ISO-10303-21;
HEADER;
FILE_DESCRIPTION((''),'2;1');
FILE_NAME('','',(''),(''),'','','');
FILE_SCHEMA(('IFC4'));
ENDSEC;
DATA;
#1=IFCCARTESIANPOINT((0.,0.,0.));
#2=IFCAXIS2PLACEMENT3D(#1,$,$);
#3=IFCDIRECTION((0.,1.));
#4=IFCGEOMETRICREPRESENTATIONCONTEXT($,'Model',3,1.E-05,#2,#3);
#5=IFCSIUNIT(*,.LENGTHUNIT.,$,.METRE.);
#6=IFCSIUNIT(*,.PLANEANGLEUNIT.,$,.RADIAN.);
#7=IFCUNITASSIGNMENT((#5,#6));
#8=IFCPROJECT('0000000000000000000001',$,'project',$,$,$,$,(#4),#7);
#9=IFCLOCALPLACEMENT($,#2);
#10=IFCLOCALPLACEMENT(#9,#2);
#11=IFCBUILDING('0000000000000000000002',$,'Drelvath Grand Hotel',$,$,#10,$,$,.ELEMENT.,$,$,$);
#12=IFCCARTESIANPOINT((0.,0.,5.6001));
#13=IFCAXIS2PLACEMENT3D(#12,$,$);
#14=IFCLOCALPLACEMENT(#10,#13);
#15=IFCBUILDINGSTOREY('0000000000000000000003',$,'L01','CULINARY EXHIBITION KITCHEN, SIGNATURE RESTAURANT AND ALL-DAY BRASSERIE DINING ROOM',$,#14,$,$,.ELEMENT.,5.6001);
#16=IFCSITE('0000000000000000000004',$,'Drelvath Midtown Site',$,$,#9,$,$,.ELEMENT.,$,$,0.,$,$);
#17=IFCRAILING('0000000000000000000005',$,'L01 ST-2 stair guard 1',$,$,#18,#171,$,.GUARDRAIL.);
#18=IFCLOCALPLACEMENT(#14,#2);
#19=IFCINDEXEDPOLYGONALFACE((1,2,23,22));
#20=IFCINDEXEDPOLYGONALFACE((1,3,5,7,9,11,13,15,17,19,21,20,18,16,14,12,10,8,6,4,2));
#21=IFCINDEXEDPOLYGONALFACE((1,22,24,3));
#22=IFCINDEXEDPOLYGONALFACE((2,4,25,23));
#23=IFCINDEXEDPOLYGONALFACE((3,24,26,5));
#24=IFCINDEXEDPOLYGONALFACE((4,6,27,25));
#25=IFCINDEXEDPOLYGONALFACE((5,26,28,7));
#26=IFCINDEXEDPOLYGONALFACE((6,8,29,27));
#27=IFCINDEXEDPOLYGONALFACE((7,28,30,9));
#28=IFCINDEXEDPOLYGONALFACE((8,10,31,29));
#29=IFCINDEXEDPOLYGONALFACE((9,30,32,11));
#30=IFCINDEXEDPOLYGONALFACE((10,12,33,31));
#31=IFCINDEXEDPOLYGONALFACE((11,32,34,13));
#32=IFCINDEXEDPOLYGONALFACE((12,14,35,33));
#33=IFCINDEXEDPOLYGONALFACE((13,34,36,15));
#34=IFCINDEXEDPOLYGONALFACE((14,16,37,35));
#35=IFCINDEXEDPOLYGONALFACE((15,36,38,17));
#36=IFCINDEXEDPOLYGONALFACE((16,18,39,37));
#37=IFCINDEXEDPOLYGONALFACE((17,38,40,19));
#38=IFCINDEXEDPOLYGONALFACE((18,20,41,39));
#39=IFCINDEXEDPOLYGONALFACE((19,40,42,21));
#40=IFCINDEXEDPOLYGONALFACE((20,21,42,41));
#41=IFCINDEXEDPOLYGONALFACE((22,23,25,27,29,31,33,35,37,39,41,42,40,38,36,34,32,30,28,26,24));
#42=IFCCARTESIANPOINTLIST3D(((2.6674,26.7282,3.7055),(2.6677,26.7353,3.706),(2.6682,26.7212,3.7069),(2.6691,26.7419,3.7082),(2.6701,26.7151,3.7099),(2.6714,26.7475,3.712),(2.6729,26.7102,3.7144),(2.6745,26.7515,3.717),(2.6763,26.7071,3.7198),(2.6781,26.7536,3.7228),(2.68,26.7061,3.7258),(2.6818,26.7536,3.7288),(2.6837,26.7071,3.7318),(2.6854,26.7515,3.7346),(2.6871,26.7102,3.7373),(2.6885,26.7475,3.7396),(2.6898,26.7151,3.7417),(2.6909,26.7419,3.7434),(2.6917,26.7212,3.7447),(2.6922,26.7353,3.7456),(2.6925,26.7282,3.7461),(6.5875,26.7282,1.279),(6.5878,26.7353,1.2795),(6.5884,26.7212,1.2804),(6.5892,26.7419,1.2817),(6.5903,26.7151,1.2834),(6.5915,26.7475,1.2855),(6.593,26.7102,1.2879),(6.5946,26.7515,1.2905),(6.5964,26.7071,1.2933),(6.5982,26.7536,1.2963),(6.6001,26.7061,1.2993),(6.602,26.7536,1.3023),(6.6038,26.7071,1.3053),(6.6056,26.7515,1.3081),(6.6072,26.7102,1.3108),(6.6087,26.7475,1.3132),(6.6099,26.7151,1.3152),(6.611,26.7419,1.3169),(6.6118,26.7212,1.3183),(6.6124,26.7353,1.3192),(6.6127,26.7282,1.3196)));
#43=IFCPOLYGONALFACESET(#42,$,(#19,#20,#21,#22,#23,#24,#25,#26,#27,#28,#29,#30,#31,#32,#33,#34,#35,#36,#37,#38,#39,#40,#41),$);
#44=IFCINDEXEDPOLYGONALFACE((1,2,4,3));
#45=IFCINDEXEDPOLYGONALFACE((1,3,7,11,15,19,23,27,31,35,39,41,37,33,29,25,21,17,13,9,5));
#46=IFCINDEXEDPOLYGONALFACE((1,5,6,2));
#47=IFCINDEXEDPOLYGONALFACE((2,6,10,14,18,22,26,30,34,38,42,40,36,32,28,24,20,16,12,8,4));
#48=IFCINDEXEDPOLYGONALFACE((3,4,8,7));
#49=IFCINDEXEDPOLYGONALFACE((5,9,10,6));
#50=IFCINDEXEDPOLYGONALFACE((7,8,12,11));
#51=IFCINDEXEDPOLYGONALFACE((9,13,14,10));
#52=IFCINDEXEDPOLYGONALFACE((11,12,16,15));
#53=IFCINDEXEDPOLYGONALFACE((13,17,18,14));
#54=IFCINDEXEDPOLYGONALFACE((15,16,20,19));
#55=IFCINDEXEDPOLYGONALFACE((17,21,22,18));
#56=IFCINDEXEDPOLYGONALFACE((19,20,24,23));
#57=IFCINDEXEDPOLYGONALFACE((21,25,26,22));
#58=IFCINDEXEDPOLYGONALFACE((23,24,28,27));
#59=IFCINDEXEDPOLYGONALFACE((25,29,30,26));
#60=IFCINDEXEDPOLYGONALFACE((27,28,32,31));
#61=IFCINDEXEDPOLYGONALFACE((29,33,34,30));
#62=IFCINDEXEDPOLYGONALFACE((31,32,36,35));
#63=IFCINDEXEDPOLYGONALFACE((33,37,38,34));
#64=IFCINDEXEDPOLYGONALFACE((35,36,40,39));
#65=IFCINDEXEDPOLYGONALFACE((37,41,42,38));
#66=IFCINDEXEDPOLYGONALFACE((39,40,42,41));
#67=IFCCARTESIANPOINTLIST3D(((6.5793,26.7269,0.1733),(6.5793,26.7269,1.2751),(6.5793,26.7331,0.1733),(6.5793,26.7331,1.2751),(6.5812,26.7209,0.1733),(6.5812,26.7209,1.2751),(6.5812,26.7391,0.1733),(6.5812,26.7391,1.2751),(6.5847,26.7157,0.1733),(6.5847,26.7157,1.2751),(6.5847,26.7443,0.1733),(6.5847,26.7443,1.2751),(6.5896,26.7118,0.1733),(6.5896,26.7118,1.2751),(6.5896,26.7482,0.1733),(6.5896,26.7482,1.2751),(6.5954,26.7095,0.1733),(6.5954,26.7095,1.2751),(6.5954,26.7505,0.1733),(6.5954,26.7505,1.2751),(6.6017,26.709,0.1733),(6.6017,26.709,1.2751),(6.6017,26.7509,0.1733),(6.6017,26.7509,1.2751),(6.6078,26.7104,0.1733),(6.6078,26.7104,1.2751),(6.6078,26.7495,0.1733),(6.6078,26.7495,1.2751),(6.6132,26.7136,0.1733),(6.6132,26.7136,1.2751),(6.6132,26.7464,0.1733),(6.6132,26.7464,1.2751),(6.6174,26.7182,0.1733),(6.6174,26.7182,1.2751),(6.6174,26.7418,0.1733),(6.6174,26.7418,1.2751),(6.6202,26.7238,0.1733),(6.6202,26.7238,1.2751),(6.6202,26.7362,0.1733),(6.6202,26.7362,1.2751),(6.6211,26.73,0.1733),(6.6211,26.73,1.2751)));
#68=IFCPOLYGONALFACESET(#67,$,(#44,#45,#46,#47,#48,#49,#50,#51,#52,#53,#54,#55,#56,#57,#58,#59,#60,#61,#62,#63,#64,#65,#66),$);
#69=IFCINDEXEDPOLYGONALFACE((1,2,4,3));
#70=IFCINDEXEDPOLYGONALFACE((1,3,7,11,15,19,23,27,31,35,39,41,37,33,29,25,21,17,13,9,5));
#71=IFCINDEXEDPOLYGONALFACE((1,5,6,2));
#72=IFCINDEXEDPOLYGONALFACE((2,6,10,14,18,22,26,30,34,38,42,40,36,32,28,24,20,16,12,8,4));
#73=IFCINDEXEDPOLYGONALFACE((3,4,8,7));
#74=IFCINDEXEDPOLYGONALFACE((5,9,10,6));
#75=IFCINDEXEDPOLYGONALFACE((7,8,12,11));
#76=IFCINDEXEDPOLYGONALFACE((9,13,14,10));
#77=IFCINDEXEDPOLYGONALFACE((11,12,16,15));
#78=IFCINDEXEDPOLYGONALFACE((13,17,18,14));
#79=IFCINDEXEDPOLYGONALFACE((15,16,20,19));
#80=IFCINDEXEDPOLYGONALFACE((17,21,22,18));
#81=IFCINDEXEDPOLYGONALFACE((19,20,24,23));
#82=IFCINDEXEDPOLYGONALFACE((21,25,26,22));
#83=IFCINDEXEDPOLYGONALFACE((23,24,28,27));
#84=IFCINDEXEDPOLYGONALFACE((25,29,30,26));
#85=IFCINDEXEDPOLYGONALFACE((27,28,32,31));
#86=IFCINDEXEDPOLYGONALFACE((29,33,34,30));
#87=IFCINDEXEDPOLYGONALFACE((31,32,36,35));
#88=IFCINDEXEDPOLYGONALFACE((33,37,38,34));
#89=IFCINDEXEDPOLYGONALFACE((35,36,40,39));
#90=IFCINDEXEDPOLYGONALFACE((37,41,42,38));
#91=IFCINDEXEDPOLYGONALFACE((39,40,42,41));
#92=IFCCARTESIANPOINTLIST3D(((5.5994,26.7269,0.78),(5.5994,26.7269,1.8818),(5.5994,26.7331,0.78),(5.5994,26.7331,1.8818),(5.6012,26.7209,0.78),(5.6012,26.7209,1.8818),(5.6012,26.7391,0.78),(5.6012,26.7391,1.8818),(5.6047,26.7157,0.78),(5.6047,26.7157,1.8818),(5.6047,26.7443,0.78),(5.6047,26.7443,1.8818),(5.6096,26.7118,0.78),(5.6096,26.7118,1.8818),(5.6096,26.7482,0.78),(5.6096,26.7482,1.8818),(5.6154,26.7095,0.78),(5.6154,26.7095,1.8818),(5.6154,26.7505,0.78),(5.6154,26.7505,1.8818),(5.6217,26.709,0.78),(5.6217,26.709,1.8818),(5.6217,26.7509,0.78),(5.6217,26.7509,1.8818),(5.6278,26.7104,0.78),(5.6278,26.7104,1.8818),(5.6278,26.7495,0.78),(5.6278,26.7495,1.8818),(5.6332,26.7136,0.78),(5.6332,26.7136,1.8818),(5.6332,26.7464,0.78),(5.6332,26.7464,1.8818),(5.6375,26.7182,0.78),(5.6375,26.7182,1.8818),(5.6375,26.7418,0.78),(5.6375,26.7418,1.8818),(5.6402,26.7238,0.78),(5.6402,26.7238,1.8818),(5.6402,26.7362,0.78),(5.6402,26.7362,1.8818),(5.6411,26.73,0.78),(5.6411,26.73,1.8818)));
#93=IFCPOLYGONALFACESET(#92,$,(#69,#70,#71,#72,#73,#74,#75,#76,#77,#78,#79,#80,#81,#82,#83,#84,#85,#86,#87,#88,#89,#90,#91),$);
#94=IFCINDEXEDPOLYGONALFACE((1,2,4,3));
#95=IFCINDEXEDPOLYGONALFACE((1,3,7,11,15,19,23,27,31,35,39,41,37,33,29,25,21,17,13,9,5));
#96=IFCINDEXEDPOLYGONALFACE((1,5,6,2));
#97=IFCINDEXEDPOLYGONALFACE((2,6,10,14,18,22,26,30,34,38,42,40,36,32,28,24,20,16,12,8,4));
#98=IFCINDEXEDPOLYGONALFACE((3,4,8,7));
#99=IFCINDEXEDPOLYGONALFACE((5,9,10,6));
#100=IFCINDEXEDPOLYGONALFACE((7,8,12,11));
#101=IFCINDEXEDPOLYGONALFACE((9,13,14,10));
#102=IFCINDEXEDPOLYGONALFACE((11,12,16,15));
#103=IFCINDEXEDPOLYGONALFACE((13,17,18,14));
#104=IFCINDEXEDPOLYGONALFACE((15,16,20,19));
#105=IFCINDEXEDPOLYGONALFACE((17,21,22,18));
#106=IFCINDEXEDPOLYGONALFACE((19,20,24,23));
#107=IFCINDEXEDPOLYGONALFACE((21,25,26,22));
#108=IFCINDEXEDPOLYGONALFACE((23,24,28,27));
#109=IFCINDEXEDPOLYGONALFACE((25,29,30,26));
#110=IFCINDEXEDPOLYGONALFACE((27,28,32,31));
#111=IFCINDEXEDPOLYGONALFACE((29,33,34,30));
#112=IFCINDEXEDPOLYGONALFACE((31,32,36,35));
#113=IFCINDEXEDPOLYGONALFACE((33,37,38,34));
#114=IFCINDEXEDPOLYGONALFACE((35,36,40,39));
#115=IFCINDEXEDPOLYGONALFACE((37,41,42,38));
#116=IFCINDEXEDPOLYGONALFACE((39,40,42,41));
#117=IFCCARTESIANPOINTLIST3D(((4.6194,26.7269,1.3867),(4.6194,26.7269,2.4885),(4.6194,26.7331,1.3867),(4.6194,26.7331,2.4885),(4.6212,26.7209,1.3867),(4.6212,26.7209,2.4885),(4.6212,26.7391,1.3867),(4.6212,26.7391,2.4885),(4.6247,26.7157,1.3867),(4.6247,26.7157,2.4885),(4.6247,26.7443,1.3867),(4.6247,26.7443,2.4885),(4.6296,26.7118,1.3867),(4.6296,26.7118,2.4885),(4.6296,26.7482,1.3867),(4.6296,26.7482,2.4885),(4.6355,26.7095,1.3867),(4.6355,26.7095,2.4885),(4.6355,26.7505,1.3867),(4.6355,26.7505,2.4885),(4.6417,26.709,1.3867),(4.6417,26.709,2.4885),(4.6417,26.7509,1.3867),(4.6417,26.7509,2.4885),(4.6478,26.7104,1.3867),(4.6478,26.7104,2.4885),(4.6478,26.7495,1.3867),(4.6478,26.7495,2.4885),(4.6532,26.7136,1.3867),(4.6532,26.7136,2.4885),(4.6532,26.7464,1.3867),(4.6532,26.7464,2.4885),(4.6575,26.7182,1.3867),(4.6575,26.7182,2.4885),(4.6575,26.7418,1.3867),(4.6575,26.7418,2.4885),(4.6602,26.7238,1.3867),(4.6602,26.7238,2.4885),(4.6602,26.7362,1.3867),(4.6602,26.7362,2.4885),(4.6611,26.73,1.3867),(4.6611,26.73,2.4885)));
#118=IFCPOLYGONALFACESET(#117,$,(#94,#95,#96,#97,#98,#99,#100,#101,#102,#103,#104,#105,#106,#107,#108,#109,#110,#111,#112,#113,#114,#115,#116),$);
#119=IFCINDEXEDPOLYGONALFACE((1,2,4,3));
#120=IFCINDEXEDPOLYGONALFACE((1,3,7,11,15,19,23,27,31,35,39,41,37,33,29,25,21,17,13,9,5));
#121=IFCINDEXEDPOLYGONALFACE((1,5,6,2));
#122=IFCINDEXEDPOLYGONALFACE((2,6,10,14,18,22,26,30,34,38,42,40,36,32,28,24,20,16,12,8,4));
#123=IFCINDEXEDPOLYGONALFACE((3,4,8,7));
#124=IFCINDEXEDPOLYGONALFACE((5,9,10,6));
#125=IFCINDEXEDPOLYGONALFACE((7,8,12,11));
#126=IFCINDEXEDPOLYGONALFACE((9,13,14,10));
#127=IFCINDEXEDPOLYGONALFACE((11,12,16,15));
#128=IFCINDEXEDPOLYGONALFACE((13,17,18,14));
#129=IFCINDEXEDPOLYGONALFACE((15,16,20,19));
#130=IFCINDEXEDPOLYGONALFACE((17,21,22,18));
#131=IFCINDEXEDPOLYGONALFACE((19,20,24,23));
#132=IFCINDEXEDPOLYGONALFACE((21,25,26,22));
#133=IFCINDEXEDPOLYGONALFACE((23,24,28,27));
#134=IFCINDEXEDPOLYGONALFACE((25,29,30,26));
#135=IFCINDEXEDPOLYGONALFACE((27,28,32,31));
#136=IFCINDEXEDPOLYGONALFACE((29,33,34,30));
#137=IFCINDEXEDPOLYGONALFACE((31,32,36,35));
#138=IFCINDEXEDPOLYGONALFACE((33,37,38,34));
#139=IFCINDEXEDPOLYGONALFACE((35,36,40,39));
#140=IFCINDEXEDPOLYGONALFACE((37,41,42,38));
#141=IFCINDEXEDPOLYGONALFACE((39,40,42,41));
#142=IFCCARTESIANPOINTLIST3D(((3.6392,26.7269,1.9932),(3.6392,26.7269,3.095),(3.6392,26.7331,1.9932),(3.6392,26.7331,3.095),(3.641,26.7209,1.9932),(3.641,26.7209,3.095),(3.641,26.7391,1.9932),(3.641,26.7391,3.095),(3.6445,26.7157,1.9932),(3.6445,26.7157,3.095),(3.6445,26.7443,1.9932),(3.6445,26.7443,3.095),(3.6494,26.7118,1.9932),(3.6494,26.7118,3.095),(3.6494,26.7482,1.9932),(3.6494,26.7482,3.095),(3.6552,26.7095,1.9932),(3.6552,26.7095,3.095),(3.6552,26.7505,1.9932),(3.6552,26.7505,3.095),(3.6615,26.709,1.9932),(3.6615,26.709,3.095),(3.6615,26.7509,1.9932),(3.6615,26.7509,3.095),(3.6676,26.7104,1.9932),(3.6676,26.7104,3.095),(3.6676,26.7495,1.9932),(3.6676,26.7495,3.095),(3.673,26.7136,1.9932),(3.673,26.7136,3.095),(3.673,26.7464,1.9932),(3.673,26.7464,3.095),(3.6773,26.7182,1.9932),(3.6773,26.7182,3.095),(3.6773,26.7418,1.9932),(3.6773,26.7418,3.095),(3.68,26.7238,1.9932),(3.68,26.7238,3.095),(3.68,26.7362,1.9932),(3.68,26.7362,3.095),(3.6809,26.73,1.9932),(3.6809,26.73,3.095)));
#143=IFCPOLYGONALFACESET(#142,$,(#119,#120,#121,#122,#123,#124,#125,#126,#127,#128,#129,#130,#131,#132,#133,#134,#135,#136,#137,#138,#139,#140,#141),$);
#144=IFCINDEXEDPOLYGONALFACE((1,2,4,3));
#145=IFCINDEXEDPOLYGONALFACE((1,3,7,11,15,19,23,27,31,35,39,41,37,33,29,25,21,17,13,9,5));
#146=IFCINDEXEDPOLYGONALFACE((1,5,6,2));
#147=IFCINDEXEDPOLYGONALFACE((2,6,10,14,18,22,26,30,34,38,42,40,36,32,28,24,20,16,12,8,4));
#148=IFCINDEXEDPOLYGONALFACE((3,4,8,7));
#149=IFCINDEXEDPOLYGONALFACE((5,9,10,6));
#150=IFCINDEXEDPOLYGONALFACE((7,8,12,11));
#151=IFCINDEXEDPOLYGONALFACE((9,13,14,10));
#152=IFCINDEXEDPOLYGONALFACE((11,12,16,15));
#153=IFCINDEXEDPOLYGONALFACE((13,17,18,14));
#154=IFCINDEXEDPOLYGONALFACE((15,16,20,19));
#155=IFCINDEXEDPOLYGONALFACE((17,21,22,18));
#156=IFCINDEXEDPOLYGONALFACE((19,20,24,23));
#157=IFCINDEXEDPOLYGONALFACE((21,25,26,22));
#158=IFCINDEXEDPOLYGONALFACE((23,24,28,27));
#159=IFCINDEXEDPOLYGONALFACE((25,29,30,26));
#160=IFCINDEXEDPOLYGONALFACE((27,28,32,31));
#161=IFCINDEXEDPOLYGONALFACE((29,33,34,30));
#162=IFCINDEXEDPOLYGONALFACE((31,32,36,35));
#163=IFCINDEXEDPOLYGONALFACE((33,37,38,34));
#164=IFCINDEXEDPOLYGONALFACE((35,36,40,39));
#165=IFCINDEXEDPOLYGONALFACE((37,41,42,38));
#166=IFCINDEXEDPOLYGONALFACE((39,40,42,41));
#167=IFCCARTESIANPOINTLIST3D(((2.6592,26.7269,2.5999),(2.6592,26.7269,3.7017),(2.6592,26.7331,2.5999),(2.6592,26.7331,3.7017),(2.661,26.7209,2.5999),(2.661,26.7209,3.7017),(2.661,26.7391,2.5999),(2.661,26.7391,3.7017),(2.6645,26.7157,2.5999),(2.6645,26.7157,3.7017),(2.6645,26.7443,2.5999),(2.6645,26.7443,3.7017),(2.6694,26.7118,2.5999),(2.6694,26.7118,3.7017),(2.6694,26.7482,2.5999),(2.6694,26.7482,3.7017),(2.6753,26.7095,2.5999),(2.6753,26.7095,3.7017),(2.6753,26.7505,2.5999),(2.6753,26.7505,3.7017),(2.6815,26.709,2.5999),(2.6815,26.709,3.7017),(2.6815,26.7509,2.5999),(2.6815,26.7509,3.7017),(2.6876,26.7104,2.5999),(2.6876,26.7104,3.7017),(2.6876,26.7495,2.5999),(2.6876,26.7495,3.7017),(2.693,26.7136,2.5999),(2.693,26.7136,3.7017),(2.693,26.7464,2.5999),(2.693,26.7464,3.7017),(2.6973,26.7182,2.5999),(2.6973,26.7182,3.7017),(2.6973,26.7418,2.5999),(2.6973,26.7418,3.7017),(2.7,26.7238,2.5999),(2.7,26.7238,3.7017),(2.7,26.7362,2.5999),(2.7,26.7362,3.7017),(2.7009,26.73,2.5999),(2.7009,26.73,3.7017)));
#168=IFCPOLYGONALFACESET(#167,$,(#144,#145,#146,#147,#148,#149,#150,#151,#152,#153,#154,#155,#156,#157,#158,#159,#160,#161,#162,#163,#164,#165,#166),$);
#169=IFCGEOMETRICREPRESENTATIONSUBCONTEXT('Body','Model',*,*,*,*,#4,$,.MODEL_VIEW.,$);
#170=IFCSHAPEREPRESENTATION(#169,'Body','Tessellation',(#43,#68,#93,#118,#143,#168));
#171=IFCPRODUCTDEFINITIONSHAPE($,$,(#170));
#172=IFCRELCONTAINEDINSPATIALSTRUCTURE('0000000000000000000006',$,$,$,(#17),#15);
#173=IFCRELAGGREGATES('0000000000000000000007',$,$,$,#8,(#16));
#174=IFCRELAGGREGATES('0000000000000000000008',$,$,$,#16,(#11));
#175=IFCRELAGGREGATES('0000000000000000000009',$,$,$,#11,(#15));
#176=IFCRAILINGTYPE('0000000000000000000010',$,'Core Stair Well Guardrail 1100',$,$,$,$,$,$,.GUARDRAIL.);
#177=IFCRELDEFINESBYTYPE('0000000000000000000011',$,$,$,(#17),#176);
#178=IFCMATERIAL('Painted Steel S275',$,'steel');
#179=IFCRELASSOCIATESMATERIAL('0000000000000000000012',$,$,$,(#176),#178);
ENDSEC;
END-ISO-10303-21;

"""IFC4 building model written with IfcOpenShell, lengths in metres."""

from ifc_helpers import new_model, si_unit, direction, frame, origin, origin_2d, place, context, subcontext, project, spatial, circle, extrude, material, type_object, element, save


model = new_model("IFC4")

# Units and contexts
model_context = context("Model", 3, precision=1e-05, world=origin(), true_north=direction((0.0, 1.0)))
body_context = subcontext(model_context, "Body", "Model", "MODEL_VIEW")
ifc_project = project(units=[si_unit("LENGTHUNIT", "METRE"), si_unit("PLANEANGLEUNIT", "RADIAN")], contexts=[model_context])

# Site, building, storey
site_placement = place(None, origin())
site = spatial("IfcSite", under=ifc_project, at=site_placement, Name="Drelvath Midtown Site", CompositionType="ELEMENT", RefElevation=0.0)
building_placement = place(site_placement, origin())
building = spatial("IfcBuilding", under=site, at=building_placement, Name="Drelvath Grand Hotel", CompositionType="ELEMENT")
storey_placement = place(building_placement, frame((0.0, 0.0, 5.6001)))
storey = spatial("IfcBuildingStorey", under=building, at=storey_placement, Name="L01", Description="CULINARY EXHIBITION KITCHEN, SIGNATURE RESTAURANT AND ALL-DAY BRASSERIE DINING ROOM", CompositionType="ELEMENT", Elevation=5.6001)

# Shared definitions
ifc_material_1 = material(Name="Painted Steel S275", Category="steel")

# Railing
railing_type_1 = type_object("IfcRailingType", Name="Core Stair Well Guardrail 1100", PredefinedType="GUARDRAIL", material=ifc_material_1)
railing_1_placement = place(storey_placement, frame((6.6001, 26.73, 0.1733)))
element("IfcRailing", 1, at=railing_1_placement, inside=storey, type_object=railing_type_1, Name="L01 ST-2 stair guard 1", PredefinedType="GUARDRAIL", context=body_context, shape_type="SweptSolid", body=[
    extrude(circle(Radius=0.0239, at=origin_2d()), frame((0.0, 0.0, 1.126), z_axis=(-0.85029, 0.0, 0.526315), x_axis=(0.0, -1.0, 0.0)), (0.0, 0.0, 1.0), 4.6104),
    extrude(circle(Radius=0.021, at=origin_2d()), origin(), (0.0, 0.0, 1.0), 1.1018),
    extrude(circle(Radius=0.021, at=origin_2d()), frame((-0.98, 0.0, 0.6067)), (0.0, 0.0, 1.0), 1.1018),
    extrude(circle(Radius=0.021, at=origin_2d()), frame((-1.96, 0.0, 1.2134)), (0.0, 0.0, 1.0), 1.1018),
    extrude(circle(Radius=0.021, at=origin_2d()), frame((-2.9402, 0.0, 1.8198)), (0.0, 0.0, 1.0), 1.1018),
    extrude(circle(Radius=0.021, at=origin_2d()), frame((-3.9202, 0.0, 2.4265)), (0.0, 0.0, 1.0), 1.1018),
])

save(model, "model.ifc")
